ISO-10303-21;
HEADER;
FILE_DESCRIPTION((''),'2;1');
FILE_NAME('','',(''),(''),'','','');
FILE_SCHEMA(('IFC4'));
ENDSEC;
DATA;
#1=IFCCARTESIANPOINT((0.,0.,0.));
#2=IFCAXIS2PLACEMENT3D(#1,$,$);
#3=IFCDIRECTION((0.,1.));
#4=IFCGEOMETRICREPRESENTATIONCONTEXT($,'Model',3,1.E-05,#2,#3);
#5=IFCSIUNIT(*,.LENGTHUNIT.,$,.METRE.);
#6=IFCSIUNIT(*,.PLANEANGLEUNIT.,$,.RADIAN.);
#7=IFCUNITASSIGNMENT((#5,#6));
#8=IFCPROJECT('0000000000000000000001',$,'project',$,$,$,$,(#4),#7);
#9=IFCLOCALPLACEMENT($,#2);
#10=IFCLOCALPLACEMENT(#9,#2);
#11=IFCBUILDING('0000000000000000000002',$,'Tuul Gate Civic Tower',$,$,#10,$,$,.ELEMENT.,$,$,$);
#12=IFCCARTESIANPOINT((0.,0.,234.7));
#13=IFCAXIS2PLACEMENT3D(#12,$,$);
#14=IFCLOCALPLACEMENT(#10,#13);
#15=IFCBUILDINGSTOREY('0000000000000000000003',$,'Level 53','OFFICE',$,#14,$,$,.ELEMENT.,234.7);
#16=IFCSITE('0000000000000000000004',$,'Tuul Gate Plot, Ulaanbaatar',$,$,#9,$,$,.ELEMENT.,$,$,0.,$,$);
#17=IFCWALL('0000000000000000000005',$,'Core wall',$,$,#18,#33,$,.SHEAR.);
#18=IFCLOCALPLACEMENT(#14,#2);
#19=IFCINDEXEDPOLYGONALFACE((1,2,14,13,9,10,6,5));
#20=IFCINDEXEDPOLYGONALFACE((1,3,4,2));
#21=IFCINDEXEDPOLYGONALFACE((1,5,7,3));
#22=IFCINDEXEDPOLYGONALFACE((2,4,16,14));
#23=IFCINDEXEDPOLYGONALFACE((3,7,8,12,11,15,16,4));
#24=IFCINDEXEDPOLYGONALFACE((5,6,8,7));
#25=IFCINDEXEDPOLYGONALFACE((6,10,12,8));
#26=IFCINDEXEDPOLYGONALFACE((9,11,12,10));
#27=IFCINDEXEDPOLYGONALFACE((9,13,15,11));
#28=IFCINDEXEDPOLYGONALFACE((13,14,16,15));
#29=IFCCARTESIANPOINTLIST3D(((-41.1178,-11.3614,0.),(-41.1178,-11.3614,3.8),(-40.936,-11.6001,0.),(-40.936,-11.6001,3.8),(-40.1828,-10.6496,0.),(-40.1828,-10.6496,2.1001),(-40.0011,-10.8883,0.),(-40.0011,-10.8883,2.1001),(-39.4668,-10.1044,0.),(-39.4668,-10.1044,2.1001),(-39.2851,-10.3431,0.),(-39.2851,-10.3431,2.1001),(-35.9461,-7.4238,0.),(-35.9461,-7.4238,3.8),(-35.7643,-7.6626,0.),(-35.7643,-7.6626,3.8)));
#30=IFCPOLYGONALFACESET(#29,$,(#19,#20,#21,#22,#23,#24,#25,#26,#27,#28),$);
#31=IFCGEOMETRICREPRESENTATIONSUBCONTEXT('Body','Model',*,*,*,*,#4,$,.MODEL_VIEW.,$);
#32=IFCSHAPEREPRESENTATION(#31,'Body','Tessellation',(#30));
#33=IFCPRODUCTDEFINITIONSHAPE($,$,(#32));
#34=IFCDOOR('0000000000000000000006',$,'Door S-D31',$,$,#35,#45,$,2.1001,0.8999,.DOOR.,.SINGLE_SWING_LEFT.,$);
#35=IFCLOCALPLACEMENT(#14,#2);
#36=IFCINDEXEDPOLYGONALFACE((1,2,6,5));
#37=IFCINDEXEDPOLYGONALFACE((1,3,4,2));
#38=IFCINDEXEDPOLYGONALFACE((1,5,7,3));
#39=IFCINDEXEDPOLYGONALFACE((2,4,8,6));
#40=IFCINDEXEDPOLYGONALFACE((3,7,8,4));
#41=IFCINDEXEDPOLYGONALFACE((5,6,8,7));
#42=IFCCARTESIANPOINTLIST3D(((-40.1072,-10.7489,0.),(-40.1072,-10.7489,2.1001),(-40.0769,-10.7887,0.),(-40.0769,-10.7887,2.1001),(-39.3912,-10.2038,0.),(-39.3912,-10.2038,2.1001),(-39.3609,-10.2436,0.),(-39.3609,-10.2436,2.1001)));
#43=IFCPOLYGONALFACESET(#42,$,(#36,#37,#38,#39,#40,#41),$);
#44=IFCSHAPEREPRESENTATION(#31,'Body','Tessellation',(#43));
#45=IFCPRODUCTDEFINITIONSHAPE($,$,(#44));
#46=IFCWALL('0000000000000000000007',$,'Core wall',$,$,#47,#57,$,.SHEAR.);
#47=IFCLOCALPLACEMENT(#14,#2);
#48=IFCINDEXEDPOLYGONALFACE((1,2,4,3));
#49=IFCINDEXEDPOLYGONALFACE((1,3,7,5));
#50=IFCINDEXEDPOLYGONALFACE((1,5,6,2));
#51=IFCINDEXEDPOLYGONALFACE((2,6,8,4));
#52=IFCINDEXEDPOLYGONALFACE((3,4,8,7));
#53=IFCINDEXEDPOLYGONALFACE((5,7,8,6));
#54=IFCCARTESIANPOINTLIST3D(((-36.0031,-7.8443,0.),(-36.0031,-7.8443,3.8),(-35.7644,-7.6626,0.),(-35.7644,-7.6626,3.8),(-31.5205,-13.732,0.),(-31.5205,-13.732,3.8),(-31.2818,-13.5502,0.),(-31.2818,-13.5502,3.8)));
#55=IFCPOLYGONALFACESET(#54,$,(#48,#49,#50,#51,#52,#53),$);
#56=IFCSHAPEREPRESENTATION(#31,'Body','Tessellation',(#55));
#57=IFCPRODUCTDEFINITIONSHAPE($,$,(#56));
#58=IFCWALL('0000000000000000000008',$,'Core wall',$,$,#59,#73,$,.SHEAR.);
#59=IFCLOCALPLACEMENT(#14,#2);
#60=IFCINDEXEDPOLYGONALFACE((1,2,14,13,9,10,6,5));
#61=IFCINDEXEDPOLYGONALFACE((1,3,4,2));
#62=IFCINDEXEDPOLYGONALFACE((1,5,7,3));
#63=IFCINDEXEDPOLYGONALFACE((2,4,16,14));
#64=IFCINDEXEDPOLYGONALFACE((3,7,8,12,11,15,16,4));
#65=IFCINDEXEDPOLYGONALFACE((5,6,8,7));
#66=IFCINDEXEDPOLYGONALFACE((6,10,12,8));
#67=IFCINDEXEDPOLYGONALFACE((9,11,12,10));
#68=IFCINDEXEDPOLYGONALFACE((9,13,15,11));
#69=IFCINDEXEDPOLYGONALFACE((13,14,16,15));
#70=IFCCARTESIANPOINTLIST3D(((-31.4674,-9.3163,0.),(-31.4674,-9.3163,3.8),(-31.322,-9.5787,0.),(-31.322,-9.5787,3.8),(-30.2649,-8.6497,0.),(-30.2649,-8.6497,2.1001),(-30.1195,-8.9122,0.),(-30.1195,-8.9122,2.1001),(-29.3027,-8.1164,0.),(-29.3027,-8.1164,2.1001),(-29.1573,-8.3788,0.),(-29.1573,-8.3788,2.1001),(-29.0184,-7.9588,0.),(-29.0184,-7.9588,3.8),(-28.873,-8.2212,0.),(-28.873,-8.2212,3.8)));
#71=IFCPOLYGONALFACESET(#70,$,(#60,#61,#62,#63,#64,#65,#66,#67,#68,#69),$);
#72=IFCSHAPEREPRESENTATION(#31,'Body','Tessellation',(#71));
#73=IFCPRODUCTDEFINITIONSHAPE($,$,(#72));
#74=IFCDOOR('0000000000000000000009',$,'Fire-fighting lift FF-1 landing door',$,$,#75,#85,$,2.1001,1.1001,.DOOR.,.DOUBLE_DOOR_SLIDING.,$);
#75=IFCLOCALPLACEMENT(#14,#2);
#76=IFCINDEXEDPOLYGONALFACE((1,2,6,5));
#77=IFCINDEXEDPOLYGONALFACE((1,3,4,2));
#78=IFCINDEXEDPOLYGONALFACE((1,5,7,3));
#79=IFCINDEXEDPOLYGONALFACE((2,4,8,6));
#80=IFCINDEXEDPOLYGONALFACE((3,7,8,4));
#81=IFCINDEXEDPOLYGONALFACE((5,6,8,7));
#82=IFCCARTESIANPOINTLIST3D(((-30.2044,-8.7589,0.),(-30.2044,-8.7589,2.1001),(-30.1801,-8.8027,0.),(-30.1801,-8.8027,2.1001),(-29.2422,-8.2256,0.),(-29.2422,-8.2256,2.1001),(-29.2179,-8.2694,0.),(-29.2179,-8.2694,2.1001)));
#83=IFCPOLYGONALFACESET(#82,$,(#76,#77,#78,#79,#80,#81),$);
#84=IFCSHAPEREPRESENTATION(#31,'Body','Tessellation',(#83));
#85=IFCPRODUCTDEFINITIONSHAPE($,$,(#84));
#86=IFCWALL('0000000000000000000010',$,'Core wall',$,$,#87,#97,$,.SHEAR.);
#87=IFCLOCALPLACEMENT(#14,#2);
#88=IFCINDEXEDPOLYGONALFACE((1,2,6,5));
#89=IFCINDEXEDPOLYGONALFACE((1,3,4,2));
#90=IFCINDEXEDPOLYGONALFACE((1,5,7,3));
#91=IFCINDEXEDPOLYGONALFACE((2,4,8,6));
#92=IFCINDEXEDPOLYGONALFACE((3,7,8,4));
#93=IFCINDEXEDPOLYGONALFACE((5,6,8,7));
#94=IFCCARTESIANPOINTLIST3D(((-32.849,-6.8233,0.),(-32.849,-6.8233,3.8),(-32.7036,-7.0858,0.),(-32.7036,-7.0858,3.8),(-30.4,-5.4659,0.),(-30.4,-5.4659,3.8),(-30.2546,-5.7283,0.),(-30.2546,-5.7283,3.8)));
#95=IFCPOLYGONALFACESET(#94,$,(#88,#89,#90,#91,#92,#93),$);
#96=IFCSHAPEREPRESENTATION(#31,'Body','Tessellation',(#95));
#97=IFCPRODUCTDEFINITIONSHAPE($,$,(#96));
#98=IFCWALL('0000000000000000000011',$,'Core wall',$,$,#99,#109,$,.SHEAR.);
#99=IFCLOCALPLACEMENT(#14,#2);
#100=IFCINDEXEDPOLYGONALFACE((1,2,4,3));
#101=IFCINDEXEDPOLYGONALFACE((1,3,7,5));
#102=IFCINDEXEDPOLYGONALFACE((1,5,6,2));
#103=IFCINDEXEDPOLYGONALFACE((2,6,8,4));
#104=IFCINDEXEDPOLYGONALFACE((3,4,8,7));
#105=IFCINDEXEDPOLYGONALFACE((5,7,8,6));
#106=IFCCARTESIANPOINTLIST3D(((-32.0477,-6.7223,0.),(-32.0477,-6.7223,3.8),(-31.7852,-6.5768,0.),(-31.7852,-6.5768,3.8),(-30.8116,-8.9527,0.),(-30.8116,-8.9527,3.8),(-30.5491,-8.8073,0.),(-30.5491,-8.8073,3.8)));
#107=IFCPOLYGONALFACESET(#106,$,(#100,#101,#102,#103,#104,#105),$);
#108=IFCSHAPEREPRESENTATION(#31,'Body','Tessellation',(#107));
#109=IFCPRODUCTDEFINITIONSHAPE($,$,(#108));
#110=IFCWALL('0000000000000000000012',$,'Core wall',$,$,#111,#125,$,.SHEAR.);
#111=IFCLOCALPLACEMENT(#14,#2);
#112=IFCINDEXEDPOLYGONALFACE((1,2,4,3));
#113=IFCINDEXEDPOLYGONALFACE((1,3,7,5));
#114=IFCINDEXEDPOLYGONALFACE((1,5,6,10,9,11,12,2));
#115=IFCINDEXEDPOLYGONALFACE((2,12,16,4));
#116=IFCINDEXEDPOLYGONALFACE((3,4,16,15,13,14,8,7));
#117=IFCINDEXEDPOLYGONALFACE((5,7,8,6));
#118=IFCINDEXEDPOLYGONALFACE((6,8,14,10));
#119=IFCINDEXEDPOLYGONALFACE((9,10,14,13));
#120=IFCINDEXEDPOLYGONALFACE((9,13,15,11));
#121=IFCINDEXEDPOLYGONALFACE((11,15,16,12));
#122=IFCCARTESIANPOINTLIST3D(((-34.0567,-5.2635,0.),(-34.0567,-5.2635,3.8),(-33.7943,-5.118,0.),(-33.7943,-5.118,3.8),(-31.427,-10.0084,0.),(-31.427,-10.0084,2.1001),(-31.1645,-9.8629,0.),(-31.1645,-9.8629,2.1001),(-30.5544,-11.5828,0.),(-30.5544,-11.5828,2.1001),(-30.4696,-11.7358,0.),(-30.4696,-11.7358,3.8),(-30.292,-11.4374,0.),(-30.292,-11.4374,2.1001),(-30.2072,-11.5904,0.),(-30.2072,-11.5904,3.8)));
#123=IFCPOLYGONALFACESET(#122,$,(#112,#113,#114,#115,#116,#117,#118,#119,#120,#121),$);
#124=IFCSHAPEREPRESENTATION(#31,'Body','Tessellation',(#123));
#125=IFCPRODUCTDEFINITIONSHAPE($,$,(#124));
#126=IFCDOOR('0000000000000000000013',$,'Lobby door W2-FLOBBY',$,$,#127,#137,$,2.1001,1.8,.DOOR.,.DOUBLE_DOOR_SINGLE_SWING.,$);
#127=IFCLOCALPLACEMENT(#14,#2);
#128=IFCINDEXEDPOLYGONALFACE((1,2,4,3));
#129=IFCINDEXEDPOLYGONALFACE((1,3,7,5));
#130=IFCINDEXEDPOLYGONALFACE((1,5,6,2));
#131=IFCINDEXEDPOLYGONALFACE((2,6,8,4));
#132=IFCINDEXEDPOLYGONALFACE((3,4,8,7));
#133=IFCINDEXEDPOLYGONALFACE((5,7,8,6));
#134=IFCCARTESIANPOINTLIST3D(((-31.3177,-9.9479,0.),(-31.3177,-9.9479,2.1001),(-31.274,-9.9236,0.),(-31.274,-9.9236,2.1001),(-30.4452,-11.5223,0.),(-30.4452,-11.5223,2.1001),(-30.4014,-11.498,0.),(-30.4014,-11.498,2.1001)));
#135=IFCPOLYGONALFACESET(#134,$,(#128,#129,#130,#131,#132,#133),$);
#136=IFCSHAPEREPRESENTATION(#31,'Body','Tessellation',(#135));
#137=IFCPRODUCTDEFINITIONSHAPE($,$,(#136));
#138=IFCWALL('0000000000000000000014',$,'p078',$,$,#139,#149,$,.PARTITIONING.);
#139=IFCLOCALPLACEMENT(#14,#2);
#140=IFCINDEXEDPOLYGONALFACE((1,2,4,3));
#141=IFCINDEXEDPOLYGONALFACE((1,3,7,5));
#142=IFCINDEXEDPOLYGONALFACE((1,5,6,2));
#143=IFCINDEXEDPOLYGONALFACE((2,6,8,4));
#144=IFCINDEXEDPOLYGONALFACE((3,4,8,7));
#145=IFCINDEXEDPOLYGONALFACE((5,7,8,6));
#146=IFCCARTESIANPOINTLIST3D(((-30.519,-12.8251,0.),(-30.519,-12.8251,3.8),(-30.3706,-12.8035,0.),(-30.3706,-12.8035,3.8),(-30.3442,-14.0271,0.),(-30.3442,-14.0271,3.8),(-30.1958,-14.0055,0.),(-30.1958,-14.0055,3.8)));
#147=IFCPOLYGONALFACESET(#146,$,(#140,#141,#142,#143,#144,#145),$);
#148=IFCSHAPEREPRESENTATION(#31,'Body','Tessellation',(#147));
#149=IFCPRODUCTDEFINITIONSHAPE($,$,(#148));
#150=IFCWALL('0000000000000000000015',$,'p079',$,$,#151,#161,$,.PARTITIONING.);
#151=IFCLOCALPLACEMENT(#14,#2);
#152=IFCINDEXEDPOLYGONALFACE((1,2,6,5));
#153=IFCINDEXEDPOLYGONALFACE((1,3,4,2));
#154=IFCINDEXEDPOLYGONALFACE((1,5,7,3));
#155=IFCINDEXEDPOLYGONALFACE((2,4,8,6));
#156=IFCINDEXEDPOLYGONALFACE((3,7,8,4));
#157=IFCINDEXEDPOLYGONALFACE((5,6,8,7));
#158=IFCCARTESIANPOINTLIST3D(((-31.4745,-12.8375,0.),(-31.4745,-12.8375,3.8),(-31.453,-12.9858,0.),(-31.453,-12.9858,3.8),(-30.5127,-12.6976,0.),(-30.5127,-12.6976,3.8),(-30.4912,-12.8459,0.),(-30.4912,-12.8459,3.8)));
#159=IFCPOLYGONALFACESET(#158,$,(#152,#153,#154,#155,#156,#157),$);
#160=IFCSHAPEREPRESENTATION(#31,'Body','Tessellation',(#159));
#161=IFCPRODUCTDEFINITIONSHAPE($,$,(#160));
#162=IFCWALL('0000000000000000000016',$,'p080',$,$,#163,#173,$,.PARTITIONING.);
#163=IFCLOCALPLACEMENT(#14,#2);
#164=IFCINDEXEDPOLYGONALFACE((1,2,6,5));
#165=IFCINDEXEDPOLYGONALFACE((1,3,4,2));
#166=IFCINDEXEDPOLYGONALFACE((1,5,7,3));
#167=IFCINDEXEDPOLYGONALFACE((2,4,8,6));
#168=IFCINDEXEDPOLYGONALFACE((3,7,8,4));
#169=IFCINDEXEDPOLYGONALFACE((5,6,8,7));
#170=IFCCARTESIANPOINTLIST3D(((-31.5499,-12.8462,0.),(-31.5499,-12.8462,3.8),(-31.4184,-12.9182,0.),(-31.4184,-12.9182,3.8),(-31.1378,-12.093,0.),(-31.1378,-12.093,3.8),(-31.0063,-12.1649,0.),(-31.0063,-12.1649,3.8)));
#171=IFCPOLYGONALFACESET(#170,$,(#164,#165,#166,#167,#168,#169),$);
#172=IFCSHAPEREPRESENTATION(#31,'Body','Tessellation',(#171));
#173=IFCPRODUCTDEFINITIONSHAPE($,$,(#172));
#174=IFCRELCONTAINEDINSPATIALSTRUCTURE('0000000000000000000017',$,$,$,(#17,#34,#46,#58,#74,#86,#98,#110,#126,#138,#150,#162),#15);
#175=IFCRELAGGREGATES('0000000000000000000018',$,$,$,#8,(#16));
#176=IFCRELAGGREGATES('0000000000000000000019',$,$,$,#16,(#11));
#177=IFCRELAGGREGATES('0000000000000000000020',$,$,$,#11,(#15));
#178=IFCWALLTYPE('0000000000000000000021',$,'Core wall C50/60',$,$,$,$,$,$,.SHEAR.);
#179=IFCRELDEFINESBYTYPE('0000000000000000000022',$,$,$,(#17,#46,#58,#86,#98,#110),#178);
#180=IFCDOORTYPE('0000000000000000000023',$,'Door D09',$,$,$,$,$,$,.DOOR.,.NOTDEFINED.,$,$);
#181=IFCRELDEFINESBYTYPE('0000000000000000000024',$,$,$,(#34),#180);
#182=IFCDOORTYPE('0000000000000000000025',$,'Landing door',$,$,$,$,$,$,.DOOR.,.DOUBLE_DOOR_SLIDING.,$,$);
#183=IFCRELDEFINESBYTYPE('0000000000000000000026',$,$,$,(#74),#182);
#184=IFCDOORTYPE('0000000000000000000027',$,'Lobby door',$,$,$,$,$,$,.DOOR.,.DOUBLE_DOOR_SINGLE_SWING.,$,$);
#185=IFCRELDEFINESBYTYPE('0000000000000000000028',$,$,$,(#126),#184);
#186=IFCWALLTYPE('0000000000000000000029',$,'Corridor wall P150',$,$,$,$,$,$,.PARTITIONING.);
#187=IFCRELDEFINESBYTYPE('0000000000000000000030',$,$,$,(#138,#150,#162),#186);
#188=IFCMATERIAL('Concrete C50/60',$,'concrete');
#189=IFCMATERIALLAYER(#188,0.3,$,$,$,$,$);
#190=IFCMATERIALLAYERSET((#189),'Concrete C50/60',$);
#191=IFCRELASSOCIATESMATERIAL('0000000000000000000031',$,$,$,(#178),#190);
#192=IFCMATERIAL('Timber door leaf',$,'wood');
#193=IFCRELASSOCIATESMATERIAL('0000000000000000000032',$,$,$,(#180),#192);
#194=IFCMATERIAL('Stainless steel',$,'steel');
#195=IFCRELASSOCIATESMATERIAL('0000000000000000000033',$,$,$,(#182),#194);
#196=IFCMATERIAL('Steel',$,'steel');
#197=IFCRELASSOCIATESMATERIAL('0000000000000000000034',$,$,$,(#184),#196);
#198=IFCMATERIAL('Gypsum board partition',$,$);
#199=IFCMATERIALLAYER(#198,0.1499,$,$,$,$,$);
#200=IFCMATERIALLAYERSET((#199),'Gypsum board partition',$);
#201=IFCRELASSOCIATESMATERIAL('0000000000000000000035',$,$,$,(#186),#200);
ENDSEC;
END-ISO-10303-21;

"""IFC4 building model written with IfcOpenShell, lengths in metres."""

from ifc_helpers import new_model, si_unit, direction, frame, frame_2d, origin, place, context, subcontext, project, spatial, rectangle, extrude, material, layer, layer_set, type_object, element, fill, save


model = new_model("IFC4")

# Units and contexts
model_context = context("Model", 3, precision=1e-05, world=origin(), true_north=direction((0.0, 1.0)))
body_context = subcontext(model_context, "Body", "Model", "MODEL_VIEW")
ifc_project = project(units=[si_unit("LENGTHUNIT", "METRE"), si_unit("PLANEANGLEUNIT", "RADIAN")], contexts=[model_context])

# Site, building, storey
site_placement = place(None, origin())
site = spatial("IfcSite", under=ifc_project, at=site_placement, Name="Tuul Gate Plot, Ulaanbaatar", CompositionType="ELEMENT", RefElevation=0.0)
building_placement = place(site_placement, origin())
building = spatial("IfcBuilding", under=site, at=building_placement, Name="Tuul Gate Civic Tower", CompositionType="ELEMENT")
storey_placement = place(building_placement, frame((0.0, 0.0, 234.7)))
storey = spatial("IfcBuildingStorey", under=building, at=storey_placement, Name="Level 53", Description="OFFICE", CompositionType="ELEMENT", Elevation=234.7)

# Wall, opening, door
ifc_material_1 = material(Name="Concrete C50/60", Category="concrete")
ifc_layer_1 = layer(ifc_material_1, 0.3)
ifc_layer_set_1 = layer_set([ifc_layer_1], Name="Concrete C50/60")
wall_type_1 = type_object("IfcWallType", Name="Core wall C50/60", PredefinedType="SHEAR", material=ifc_layer_set_1)
wall_1_placement = place(storey_placement, frame((-35.8552, -7.5432, 0.0), z_axis=(0.0, 0.0, 1.0), x_axis=(-0.795639, -0.605772, 0.0)))
wall_1 = element("IfcWall", 1, at=wall_1_placement, inside=storey, type_object=wall_type_1, Name="Core wall", PredefinedType="SHEAR", context=body_context, shape_type="SweptSolid", body=[
    extrude(rectangle(XDim=6.5, YDim=0.3, at=frame_2d((3.25, 0.0))), origin(), (0.0, 0.0, 1.0), 3.8),
])
opening_1_placement = place(wall_1_placement, frame((4.425, 0.0, 0.0)))
opening_1 = element("IfcOpeningElement", 2, at=opening_1_placement, cuts=wall_1, PredefinedType="OPENING", context=body_context, shape_type="SweptSolid", body=[
    extrude(rectangle(XDim=0.8999, YDim=2.1001, at=frame_2d((0.45, 1.05))), frame((0.0, 0.1602, 0.0), z_axis=(0.0, -1.0, 0.0), x_axis=(1.0, 0.0, 0.0)), (0.0, 0.0, 1.0), 0.3201),
])
ifc_material_2 = material(Name="Timber door leaf", Category="wood")
door_type_1 = type_object("IfcDoorType", Name="Door D09", OperationType="NOTDEFINED", PredefinedType="DOOR", material=ifc_material_2)
door_1_placement = place(opening_1_placement, origin())
door_1 = element("IfcDoor", 3, at=door_1_placement, inside=storey, type_object=door_type_1, Name="Door S-D31", OperationType="SINGLE_SWING_LEFT", OverallHeight=2.1001, OverallWidth=0.8999, PredefinedType="DOOR", context=body_context, shape_type="SweptSolid", body=[
    extrude(rectangle(XDim=0.8999, YDim=2.1001, at=frame_2d((0.45, 1.05))), frame((0.0, 0.0249, 0.0), z_axis=(0.0, -1.0, 0.0), x_axis=(1.0, 0.0, 0.0)), (0.0, 0.0, 1.0), 0.05),
])
fill(opening_1, door_1)

# Wall
wall_2_placement = place(storey_placement, frame((-31.4011, -13.6411, 0.0), z_axis=(0.0, 0.0, 1.0), x_axis=(-0.60577, 0.79564, 0.0)))
element("IfcWall", 4, at=wall_2_placement, inside=storey, type_object=wall_type_1, Name="Core wall", PredefinedType="SHEAR", context=body_context, shape_type="SweptSolid", body=[
    extrude(rectangle(XDim=7.3999, YDim=0.3, at=frame_2d((3.7, 0.0))), origin(), (0.0, 0.0, 1.0), 3.8),
])

# Wall, opening, door
wall_3_placement = place(storey_placement, frame((-28.9458, -8.0901, 0.0), z_axis=(0.0, 0.0, 1.0), x_axis=(-0.87463, -0.484791, 0.0)))
wall_3 = element("IfcWall", 5, at=wall_3_placement, inside=storey, type_object=wall_type_1, Name="Core wall", PredefinedType="SHEAR", context=body_context, shape_type="SweptSolid", body=[
    extrude(rectangle(XDim=2.8, YDim=0.3, at=frame_2d((1.3999, 0.0))), origin(), (0.0, 0.0, 1.0), 3.8),
])
opening_2_placement = place(wall_3_placement, frame((0.325, 0.0, 0.0)))
opening_2 = element("IfcOpeningElement", 6, at=opening_2_placement, cuts=wall_3, PredefinedType="OPENING", context=body_context, shape_type="SweptSolid", body=[
    extrude(rectangle(XDim=1.1001, YDim=2.1001, at=frame_2d((0.55, 1.05))), frame((0.0, 0.1602, 0.0), z_axis=(0.0, -1.0, 0.0), x_axis=(1.0, 0.0, 0.0)), (0.0, 0.0, 1.0), 0.3201),
])
ifc_material_3 = material(Name="Stainless steel", Category="steel")
door_type_2 = type_object("IfcDoorType", Name="Landing door", OperationType="DOUBLE_DOOR_SLIDING", PredefinedType="DOOR", material=ifc_material_3)
door_2_placement = place(opening_2_placement, origin())
door_2 = element("IfcDoor", 7, at=door_2_placement, inside=storey, type_object=door_type_2, Name="Fire-fighting lift FF-1 landing door", OperationType="DOUBLE_DOOR_SLIDING", OverallHeight=2.1001, OverallWidth=1.1001, PredefinedType="DOOR", context=body_context, shape_type="SweptSolid", body=[
    extrude(rectangle(XDim=1.1001, YDim=2.1001, at=frame_2d((0.55, 1.05))), frame((0.0, 0.0249, 0.0), z_axis=(0.0, -1.0, 0.0), x_axis=(1.0, 0.0, 0.0)), (0.0, 0.0, 1.0), 0.05),
])
fill(opening_2, door_2)

# Walls
wall_4_placement = place(storey_placement, frame((-30.3274, -5.5972, 0.0), z_axis=(0.0, 0.0, 1.0), x_axis=(-0.87463, -0.484791, 0.0)))
element("IfcWall", 8, at=wall_4_placement, inside=storey, type_object=wall_type_1, Name="Core wall", PredefinedType="SHEAR", context=body_context, shape_type="SweptSolid", body=[
    extrude(rectangle(XDim=2.8, YDim=0.3, at=frame_2d((1.3999, 0.0))), origin(), (0.0, 0.0, 1.0), 3.8),
])
wall_5_placement = place(storey_placement, frame((-30.6804, -8.8799, 0.0), z_axis=(0.0, 0.0, 1.0), x_axis=(-0.484724, 0.874667, 0.0)))
element("IfcWall", 9, at=wall_5_placement, inside=storey, type_object=wall_type_1, Name="Core wall", PredefinedType="SHEAR", context=body_context, shape_type="SweptSolid", body=[
    extrude(rectangle(XDim=2.55, YDim=0.3, at=frame_2d((1.2749, 0.0))), origin(), (0.0, 0.0, 1.0), 3.8),
])

# Wall, opening, door
wall_6_placement = place(storey_placement, frame((-30.3384, -11.6631, 0.0), z_axis=(0.0, 0.0, 1.0), x_axis=(-0.484752, 0.874652, 0.0)))
wall_6 = element("IfcWall", 10, at=wall_6_placement, inside=storey, type_object=wall_type_1, Name="Core wall", PredefinedType="SHEAR", context=body_context, shape_type="SweptSolid", body=[
    extrude(rectangle(XDim=7.3999, YDim=0.3, at=frame_2d((3.7, 0.0))), origin(), (0.0, 0.0, 1.0), 3.8),
])
opening_3_placement = place(wall_6_placement, frame((0.175, 0.0, 0.0)))
opening_3 = element("IfcOpeningElement", 11, at=opening_3_placement, cuts=wall_6, PredefinedType="OPENING", context=body_context, shape_type="SweptSolid", body=[
    extrude(rectangle(XDim=1.8, YDim=2.1001, at=frame_2d((0.8999, 1.05))), frame((0.0, 0.1602, 0.0), z_axis=(0.0, -1.0, 0.0), x_axis=(1.0, 0.0, 0.0)), (0.0, 0.0, 1.0), 0.3201),
])
ifc_material_4 = material(Name="Steel", Category="steel")
door_type_3 = type_object("IfcDoorType", Name="Lobby door", OperationType="DOUBLE_DOOR_SINGLE_SWING", PredefinedType="DOOR", material=ifc_material_4)
door_3_placement = place(opening_3_placement, frame((1.8, 0.0, 0.0), z_axis=(0.0, 0.0, 1.0), x_axis=(-1.0, 0.0, 0.0)))
door_3 = element("IfcDoor", 12, at=door_3_placement, inside=storey, type_object=door_type_3, Name="Lobby door W2-FLOBBY", OperationType="DOUBLE_DOOR_SINGLE_SWING", OverallHeight=2.1001, OverallWidth=1.8, PredefinedType="DOOR", context=body_context, shape_type="SweptSolid", body=[
    extrude(rectangle(XDim=1.8, YDim=2.1001, at=frame_2d((0.9001, 1.05))), frame((0.0, 0.0249, 0.0), z_axis=(0.0, -1.0, 0.0), x_axis=(1.0, 0.0, 0.0)), (0.0, 0.0, 1.0), 0.05),
])
fill(opening_3, door_3)

# Walls
ifc_material_5 = material(Name="Gypsum board partition")
ifc_layer_2 = layer(ifc_material_5, 0.1499)
ifc_layer_set_2 = layer_set([ifc_layer_2], Name="Gypsum board partition")
wall_type_2 = type_object("IfcWallType", Name="Corridor wall P150", PredefinedType="PARTITIONING", material=ifc_layer_set_2)
wall_7_placement = place(storey_placement, frame((-30.4448, -12.8142, 0.0), z_axis=(0.0, 0.0, 1.0), x_axis=(0.143926, -0.989589, 0.0)))
element("IfcWall", 13, at=wall_7_placement, inside=storey, type_object=wall_type_2, Name="p078", PredefinedType="PARTITIONING", context=body_context, shape_type="SweptSolid", body=[
    extrude(rectangle(XDim=1.2146, YDim=0.1499, at=frame_2d((0.6074, 0.0))), origin(), (0.0, 0.0, 1.0), 3.8),
])
wall_8_placement = place(storey_placement, frame((-31.4636, -12.9116, 0.0), z_axis=(0.0, 0.0, 1.0), x_axis=(0.98959, 0.143917, 0.0)))
element("IfcWall", 14, at=wall_8_placement, inside=storey, type_object=wall_type_2, Name="p079", PredefinedType="PARTITIONING", context=body_context, shape_type="SweptSolid", body=[
    extrude(rectangle(XDim=0.9719, YDim=0.1499, at=frame_2d((0.4858, 0.0))), origin(), (0.0, 0.0, 1.0), 3.8),
])
wall_9_placement = place(storey_placement, frame((-31.4841, -12.8821, 0.0), z_axis=(0.0, 0.0, 1.0), x_axis=(0.480007, 0.877265, 0.0)))
element("IfcWall", 15, at=wall_9_placement, inside=storey, type_object=wall_type_2, Name="p080", PredefinedType="PARTITIONING", context=body_context, shape_type="SweptSolid", body=[
    extrude(rectangle(XDim=0.8586, YDim=0.1499, at=frame_2d((0.4292, 0.0))), origin(), (0.0, 0.0, 1.0), 3.8),
])

save(model, "model.ifc")
